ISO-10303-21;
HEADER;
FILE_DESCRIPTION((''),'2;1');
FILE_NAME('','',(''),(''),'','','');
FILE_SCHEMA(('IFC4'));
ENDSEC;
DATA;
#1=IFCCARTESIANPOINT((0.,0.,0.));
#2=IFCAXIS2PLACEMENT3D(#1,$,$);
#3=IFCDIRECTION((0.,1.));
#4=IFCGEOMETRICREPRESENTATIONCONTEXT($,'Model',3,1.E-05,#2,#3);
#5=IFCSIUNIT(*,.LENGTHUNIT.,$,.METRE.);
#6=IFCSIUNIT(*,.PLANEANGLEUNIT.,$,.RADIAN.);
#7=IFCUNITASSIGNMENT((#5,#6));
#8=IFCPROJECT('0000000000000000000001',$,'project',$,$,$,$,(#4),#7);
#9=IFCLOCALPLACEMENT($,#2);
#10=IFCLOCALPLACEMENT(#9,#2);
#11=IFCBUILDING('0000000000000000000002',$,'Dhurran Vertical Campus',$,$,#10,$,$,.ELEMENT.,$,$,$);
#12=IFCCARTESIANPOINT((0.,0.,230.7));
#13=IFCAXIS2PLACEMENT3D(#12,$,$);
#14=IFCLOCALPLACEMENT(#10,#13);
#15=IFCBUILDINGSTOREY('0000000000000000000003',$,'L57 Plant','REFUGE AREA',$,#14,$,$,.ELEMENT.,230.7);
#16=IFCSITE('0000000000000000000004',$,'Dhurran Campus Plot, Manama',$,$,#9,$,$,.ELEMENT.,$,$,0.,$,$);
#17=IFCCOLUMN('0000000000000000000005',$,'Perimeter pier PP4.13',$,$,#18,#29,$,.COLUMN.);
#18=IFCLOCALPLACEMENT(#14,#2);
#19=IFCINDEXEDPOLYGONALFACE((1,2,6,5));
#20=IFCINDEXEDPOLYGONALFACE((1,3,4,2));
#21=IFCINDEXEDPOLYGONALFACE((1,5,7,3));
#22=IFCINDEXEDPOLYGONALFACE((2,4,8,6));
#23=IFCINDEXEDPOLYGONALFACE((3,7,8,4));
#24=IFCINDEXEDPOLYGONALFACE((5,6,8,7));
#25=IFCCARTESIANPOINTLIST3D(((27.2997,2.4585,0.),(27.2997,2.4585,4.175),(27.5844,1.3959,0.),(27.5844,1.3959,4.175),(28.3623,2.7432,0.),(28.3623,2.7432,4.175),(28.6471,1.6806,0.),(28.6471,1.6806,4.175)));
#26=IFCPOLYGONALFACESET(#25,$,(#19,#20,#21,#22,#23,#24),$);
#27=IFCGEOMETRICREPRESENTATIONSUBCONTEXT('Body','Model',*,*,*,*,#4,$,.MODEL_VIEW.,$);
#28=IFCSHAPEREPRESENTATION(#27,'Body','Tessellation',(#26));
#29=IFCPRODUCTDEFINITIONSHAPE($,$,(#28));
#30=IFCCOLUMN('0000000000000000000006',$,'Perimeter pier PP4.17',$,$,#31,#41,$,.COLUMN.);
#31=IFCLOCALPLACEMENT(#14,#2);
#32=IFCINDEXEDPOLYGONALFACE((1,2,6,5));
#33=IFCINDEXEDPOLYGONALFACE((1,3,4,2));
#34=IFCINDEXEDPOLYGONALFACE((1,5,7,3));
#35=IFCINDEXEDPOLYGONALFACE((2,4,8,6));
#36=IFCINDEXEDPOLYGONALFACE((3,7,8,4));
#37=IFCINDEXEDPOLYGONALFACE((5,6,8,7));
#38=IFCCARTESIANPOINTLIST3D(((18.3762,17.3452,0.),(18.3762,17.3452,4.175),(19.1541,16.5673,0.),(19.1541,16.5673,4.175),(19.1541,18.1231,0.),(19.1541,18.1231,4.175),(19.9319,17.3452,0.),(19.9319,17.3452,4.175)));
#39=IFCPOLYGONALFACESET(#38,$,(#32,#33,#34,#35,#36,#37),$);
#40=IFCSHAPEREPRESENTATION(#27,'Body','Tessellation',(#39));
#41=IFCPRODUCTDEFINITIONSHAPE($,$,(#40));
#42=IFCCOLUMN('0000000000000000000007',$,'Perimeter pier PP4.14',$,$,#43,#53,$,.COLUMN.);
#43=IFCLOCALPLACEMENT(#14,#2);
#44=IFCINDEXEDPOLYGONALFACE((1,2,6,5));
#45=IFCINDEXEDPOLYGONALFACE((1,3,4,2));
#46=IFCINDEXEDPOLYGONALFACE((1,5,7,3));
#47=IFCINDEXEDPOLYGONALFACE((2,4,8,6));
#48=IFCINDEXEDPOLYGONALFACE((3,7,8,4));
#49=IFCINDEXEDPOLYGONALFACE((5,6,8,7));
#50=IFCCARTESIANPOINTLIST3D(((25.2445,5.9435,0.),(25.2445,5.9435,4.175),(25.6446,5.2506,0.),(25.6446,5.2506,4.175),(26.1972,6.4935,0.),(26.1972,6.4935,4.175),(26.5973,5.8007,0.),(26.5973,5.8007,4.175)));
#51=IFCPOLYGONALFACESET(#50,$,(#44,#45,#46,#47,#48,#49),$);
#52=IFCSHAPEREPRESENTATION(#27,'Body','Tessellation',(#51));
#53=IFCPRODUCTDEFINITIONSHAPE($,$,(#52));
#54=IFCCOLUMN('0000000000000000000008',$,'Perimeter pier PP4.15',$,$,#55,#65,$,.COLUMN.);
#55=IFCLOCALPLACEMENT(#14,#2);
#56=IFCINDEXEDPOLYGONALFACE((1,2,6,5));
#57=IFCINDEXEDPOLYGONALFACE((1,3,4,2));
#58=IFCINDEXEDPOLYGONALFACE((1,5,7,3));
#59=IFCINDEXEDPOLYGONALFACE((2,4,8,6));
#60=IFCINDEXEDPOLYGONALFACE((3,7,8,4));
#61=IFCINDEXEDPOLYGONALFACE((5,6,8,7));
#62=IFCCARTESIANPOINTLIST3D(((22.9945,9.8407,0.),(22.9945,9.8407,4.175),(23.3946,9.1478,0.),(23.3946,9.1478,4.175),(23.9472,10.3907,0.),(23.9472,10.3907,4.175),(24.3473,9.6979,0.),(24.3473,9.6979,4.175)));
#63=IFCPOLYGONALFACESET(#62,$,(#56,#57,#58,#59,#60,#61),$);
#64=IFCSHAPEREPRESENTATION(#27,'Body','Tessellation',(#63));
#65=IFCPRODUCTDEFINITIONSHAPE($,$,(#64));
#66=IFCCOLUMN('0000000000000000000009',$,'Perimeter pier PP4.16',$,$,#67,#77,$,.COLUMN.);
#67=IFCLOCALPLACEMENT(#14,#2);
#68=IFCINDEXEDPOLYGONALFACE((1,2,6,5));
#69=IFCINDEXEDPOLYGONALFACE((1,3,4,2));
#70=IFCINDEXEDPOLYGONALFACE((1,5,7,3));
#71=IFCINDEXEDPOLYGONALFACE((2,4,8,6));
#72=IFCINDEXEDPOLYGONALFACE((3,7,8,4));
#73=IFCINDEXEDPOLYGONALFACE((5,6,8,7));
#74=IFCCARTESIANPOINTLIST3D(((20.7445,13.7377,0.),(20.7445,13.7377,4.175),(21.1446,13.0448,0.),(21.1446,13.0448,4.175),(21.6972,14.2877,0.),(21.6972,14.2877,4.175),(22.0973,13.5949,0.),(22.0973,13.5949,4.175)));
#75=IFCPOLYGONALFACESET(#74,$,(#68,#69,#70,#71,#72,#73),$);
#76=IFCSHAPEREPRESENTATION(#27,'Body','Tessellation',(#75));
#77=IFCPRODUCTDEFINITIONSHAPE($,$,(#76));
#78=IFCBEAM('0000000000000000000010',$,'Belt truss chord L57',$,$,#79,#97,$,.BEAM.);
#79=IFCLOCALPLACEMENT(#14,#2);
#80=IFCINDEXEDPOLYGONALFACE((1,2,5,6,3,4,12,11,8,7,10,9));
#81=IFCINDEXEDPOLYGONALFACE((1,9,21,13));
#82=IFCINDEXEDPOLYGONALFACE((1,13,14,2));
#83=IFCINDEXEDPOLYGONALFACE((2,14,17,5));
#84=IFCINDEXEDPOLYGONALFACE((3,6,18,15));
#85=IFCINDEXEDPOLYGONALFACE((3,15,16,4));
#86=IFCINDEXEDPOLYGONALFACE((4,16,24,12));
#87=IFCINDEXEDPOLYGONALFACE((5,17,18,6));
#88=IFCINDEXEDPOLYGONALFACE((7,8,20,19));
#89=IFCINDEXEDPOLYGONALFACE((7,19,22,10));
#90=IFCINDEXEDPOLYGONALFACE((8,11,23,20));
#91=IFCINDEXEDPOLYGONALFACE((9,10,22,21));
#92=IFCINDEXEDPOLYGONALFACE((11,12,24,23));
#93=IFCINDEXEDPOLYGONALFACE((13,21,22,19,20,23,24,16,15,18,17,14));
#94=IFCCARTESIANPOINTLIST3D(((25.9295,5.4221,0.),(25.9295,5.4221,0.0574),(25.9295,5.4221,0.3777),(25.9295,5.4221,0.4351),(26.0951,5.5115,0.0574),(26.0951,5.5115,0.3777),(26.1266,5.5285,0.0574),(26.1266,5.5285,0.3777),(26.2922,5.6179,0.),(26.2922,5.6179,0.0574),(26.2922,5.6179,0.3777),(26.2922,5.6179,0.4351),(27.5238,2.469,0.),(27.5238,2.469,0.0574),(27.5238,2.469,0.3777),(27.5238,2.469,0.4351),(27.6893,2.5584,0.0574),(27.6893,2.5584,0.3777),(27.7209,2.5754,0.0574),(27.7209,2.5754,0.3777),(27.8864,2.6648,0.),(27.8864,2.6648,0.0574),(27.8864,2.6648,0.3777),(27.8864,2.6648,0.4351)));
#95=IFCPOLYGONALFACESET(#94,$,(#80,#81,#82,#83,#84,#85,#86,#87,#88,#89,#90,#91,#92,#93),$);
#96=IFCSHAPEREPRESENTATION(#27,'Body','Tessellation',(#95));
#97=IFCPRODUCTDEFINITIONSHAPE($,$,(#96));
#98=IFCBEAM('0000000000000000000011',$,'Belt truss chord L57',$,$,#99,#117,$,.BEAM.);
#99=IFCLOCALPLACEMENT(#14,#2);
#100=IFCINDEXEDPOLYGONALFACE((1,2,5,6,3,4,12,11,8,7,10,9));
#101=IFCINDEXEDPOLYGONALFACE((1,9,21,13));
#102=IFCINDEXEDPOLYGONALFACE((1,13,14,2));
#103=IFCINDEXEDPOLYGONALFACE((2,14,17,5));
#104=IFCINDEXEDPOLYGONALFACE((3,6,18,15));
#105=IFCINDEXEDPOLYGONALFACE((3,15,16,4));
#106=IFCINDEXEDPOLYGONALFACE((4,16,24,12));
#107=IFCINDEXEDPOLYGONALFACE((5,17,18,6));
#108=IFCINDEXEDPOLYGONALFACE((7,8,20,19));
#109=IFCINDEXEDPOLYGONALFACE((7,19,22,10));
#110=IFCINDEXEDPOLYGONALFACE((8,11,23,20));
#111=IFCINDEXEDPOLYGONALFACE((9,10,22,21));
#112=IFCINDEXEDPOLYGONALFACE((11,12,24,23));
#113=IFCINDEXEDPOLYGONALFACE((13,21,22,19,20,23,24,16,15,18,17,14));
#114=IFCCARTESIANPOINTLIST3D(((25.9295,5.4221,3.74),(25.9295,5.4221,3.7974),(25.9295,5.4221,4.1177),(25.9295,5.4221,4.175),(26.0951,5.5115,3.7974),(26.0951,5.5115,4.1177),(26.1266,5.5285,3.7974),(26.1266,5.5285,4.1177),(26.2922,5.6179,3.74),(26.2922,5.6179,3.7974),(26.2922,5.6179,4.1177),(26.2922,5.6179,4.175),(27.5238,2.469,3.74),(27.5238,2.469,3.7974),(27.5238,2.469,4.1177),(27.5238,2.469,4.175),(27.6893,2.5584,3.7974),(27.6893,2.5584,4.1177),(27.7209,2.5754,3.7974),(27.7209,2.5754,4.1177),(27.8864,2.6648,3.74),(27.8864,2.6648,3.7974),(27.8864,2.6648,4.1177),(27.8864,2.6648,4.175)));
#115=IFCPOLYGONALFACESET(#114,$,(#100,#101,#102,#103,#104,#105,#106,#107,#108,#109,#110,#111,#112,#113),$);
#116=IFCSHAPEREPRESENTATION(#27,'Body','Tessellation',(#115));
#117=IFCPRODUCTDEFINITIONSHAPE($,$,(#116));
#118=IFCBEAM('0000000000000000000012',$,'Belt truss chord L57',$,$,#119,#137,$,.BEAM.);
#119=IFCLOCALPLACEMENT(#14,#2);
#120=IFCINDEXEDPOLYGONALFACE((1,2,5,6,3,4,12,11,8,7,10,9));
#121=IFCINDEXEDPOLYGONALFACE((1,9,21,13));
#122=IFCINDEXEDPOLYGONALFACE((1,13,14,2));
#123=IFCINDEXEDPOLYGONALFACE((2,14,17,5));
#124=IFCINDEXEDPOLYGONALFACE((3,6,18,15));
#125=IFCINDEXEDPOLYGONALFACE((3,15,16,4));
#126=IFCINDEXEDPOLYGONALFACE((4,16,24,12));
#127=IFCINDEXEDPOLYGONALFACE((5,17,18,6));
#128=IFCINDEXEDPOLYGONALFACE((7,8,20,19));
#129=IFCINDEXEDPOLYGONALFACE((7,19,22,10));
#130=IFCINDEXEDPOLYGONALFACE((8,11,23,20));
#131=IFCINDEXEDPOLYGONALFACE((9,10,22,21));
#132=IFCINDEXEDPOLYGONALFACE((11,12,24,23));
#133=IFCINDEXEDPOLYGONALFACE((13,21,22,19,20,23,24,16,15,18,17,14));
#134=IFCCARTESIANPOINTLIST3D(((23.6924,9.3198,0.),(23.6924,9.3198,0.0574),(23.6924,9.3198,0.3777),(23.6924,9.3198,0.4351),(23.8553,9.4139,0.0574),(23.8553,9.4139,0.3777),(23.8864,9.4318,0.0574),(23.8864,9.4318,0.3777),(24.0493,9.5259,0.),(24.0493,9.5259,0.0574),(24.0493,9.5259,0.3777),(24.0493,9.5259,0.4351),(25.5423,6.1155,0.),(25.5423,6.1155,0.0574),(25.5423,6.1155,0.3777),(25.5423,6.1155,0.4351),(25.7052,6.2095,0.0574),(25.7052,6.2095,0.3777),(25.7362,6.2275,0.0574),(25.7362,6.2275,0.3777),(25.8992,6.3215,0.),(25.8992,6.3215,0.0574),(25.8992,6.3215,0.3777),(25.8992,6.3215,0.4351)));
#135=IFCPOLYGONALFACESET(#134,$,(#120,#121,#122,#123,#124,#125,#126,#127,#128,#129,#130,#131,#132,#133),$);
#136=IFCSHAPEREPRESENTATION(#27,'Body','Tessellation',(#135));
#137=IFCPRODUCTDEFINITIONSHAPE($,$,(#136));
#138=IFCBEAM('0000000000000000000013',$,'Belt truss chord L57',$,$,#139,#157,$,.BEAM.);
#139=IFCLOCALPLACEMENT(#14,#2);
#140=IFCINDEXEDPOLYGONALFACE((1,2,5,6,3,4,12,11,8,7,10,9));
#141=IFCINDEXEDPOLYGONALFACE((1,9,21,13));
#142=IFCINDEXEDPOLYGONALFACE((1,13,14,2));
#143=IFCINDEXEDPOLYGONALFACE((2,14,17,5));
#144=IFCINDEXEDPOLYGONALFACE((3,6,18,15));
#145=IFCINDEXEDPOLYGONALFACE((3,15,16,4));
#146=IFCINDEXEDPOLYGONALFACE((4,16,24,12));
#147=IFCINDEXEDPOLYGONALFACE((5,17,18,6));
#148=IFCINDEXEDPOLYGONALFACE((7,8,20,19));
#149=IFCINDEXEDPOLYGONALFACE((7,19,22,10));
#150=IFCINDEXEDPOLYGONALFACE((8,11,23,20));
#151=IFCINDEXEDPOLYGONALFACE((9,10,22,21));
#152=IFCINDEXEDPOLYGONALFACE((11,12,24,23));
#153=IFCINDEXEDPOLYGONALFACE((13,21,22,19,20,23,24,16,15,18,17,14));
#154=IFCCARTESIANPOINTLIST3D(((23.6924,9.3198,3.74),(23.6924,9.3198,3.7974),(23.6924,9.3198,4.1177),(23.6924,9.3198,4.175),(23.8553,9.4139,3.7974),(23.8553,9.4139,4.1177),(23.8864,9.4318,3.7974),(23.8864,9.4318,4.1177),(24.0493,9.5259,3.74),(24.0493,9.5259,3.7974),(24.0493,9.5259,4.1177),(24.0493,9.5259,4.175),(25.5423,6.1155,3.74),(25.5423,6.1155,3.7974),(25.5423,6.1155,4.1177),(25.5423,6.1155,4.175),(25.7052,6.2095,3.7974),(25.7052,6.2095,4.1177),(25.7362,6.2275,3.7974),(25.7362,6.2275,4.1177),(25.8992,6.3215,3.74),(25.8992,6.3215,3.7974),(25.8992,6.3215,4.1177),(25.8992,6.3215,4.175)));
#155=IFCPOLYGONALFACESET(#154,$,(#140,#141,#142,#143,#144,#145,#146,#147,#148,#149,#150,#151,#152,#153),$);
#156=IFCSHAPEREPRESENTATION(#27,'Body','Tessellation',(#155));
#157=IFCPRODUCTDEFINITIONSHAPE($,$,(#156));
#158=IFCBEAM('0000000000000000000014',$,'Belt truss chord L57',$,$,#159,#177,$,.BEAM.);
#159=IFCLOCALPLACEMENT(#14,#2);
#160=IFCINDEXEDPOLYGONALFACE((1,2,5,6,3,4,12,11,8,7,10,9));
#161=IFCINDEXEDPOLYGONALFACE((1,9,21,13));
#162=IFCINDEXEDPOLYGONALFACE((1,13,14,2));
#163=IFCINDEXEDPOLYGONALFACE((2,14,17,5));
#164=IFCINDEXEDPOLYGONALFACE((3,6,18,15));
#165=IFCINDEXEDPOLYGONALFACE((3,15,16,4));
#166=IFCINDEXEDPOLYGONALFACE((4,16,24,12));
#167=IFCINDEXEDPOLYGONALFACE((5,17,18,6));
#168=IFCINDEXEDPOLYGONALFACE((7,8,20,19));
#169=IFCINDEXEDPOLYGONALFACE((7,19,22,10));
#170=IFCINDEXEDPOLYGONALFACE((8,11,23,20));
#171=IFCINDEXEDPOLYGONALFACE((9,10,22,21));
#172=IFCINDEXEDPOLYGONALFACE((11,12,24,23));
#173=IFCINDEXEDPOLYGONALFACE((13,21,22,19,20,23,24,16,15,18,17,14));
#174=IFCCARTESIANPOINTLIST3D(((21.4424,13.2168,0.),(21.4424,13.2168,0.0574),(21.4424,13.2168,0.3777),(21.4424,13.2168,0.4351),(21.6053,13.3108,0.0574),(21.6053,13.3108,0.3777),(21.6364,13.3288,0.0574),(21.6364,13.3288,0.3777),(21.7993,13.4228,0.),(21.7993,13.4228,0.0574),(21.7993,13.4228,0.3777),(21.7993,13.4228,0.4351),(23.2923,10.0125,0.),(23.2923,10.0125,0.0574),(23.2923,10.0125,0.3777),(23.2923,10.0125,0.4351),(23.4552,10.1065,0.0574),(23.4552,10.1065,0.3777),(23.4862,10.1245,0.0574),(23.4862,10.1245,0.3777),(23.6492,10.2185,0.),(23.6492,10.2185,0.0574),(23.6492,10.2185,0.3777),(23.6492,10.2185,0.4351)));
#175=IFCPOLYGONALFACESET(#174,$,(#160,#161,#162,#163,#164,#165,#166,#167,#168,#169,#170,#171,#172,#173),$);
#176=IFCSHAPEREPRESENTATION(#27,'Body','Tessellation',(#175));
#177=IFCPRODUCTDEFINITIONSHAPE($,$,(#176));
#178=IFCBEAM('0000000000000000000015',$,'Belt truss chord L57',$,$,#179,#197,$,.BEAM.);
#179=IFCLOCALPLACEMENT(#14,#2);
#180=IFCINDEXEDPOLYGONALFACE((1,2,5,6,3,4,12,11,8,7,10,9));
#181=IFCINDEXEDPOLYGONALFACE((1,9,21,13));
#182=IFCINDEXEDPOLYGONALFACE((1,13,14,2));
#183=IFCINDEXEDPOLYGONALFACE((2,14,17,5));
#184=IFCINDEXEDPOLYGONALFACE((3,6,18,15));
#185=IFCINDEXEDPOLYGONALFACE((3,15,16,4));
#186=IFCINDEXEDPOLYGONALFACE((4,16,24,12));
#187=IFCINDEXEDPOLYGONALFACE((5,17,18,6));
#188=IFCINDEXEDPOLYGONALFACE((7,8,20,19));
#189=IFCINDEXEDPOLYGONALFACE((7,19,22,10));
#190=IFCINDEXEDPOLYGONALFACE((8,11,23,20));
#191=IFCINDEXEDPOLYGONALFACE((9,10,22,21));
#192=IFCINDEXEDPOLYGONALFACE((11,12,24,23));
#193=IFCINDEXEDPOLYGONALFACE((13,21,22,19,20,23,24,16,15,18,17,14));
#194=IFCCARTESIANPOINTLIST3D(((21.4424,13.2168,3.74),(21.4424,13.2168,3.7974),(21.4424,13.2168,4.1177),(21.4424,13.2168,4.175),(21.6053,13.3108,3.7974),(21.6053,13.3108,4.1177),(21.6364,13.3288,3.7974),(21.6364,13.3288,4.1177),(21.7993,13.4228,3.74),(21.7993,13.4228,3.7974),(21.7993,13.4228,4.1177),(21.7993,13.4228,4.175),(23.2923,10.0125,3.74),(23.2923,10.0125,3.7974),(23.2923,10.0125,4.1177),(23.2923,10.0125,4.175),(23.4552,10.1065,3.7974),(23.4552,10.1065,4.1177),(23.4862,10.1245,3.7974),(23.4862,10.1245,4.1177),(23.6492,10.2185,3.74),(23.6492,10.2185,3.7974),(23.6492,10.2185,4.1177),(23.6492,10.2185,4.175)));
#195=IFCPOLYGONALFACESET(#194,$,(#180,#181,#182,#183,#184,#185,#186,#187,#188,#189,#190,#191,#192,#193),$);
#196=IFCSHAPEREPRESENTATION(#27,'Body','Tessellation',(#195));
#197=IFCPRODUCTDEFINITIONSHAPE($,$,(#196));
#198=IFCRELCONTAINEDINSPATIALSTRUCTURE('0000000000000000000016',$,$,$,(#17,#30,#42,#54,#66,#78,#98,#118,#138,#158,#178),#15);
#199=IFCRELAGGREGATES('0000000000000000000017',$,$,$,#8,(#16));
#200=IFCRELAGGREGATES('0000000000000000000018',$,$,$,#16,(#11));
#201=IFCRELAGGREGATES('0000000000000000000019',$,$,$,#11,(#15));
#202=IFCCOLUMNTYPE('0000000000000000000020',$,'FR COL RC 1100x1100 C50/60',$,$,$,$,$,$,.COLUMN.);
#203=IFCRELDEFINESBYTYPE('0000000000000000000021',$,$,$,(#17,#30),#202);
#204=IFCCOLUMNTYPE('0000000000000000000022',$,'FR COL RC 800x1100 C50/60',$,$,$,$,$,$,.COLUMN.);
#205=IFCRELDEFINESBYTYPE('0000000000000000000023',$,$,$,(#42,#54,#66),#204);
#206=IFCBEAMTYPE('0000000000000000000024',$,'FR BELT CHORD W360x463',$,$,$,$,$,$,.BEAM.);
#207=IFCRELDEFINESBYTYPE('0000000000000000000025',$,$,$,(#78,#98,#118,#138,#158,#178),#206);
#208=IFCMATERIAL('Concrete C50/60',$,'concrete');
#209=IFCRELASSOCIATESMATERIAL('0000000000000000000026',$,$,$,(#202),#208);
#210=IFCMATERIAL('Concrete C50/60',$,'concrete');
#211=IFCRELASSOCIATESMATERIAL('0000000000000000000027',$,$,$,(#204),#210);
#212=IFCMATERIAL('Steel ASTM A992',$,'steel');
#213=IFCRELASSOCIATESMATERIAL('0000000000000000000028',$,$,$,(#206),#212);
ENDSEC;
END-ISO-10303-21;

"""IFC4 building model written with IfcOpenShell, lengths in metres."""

from ifc_helpers import new_model, si_unit, direction, frame, origin, origin_2d, place, context, subcontext, project, spatial, rectangle, i_section, extrude, material, material_profile, profile_set, type_object, element, save


model = new_model("IFC4")

# Units and contexts
model_context = context("Model", 3, precision=1e-05, world=origin(), true_north=direction((0.0, 1.0)))
body_context = subcontext(model_context, "Body", "Model", "MODEL_VIEW")
ifc_project = project(units=[si_unit("LENGTHUNIT", "METRE"), si_unit("PLANEANGLEUNIT", "RADIAN")], contexts=[model_context])

# Site, building, storey
site_placement = place(None, origin())
site = spatial("IfcSite", under=ifc_project, at=site_placement, Name="Dhurran Campus Plot, Manama", CompositionType="ELEMENT", RefElevation=0.0)
building_placement = place(site_placement, origin())
building = spatial("IfcBuilding", under=site, at=building_placement, Name="Dhurran Vertical Campus", CompositionType="ELEMENT")
storey_placement = place(building_placement, frame((0.0, 0.0, 230.7)))
storey = spatial("IfcBuildingStorey", under=building, at=storey_placement, Name="L57 Plant", Description="REFUGE AREA", CompositionType="ELEMENT", Elevation=230.7)

# Columns
ifc_material_1 = material(Name="Concrete C50/60", Category="concrete")
ifc_material_profile_1 = material_profile(ifc_material_1, rectangle(XDim=1.1001, YDim=1.1001, at=origin_2d()), Name="RC 1100x1100")
ifc_profile_set_1 = profile_set([ifc_material_profile_1], Name="Concrete C50/60")
column_type_1 = type_object("IfcColumnType", Name="FR COL RC 1100x1100 C50/60", PredefinedType="COLUMN", material=ifc_profile_set_1)
for number, where, z_axis, x_axis, name in (
    (1, (27.9734, 2.0696, 0.0), (0.0, 0.0, 1.0), (-0.258819, 0.965926, 0.0), "Perimeter pier PP4.13"),
    (2, (19.1541, 17.3452, 0.0), (0.0, 0.0, 1.0), (-0.707107, 0.707107, 0.0), "Perimeter pier PP4.17"),
):
    element("IfcColumn", number, at=place(storey_placement, frame(where, z_axis=z_axis, x_axis=x_axis)), inside=storey, type_object=column_type_1, Name=name, PredefinedType="COLUMN", context=body_context, shape_type="SweptSolid", body=[
        extrude(rectangle(XDim=1.1001, YDim=1.1001, at=origin_2d()), origin(), (0.0, 0.0, 1.0), 4.175),
    ])
ifc_material_2 = material(Name="Concrete C50/60", Category="concrete")
ifc_material_profile_2 = material_profile(ifc_material_2, rectangle(XDim=0.8, YDim=1.1001, at=origin_2d()), Name="RC 800x1100")
ifc_profile_set_2 = profile_set([ifc_material_profile_2], Name="Concrete C50/60")
column_type_2 = type_object("IfcColumnType", Name="FR COL RC 800x1100 C50/60", PredefinedType="COLUMN", material=ifc_profile_set_2)
for number, where, z_axis, x_axis, name in (
    (3, (25.9209, 5.8721, 0.0), (0.0, 0.0, 1.0), (-0.5, 0.866025, 0.0), "Perimeter pier PP4.14"),
    (4, (23.6709, 9.7693, 0.0), (0.0, 0.0, 1.0), (-0.5, 0.866025, 0.0), "Perimeter pier PP4.15"),
    (5, (21.4209, 13.6663, 0.0), (0.0, 0.0, 1.0), (-0.5, 0.866025, 0.0), "Perimeter pier PP4.16"),
):
    element("IfcColumn", number, at=place(storey_placement, frame(where, z_axis=z_axis, x_axis=x_axis)), inside=storey, type_object=column_type_2, Name=name, PredefinedType="COLUMN", context=body_context, shape_type="SweptSolid", body=[
        extrude(rectangle(XDim=0.8, YDim=1.1001, at=origin_2d()), origin(), (0.0, 0.0, 1.0), 4.175),
    ])

# Beams
ifc_material_3 = material(Name="Steel ASTM A992", Category="steel")
ifc_material_profile_3 = material_profile(ifc_material_3, i_section(OverallWidth=0.4121, OverallDepth=0.4351, WebThickness=0.0359, FlangeThickness=0.0574, at=origin_2d()), Name="W360x463")
ifc_profile_set_3 = profile_set([ifc_material_profile_3], Name="Steel ASTM A992")
beam_type = type_object("IfcBeamType", Name="FR BELT CHORD W360x463", PredefinedType="BEAM", material=ifc_profile_set_3)
for number, where, z_axis, x_axis, name in (
    (6, (27.7051, 2.5669, 0.2175), (-0.475045, 0.879961, 0.0), (-0.879961, -0.475045, 0.0), "Belt truss chord L57"),
    (7, (27.7051, 2.5669, 3.9575), (-0.475045, 0.879961, 0.0), (-0.879961, -0.475045, 0.0), "Belt truss chord L57"),
):
    element("IfcBeam", number, at=place(storey_placement, frame(where, z_axis=z_axis, x_axis=x_axis)), inside=storey, type_object=beam_type, Name=name, PredefinedType="BEAM", context=body_context, shape_type="SweptSolid", body=[
        extrude(i_section(OverallWidth=0.4121, OverallDepth=0.4351, WebThickness=0.0359, FlangeThickness=0.0574, at=origin_2d()), origin(), (0.0, 0.0, 1.0), 3.356),
    ])
for number, where, z_axis, x_axis, name in (
    (8, (25.7207, 6.2185, 0.2175), (-0.499964, 0.866046, 0.0), (-0.866046, -0.499964, 0.0), "Belt truss chord L57"),
    (9, (25.7207, 6.2185, 3.9575), (-0.499964, 0.866046, 0.0), (-0.866046, -0.499964, 0.0), "Belt truss chord L57"),
    (10, (23.4707, 10.1155, 0.2175), (-0.499964, 0.866046, 0.0), (-0.866046, -0.499964, 0.0), "Belt truss chord L57"),
    (11, (23.4707, 10.1155, 3.9575), (-0.499964, 0.866046, 0.0), (-0.866046, -0.499964, 0.0), "Belt truss chord L57"),
):
    element("IfcBeam", number, at=place(storey_placement, frame(where, z_axis=z_axis, x_axis=x_axis)), inside=storey, type_object=beam_type, Name=name, PredefinedType="BEAM", context=body_context, shape_type="SweptSolid", body=[
        extrude(i_section(OverallWidth=0.4121, OverallDepth=0.4351, WebThickness=0.0359, FlangeThickness=0.0574, at=origin_2d()), origin(), (0.0, 0.0, 1.0), 3.7),
    ])

save(model, "model.ifc")
